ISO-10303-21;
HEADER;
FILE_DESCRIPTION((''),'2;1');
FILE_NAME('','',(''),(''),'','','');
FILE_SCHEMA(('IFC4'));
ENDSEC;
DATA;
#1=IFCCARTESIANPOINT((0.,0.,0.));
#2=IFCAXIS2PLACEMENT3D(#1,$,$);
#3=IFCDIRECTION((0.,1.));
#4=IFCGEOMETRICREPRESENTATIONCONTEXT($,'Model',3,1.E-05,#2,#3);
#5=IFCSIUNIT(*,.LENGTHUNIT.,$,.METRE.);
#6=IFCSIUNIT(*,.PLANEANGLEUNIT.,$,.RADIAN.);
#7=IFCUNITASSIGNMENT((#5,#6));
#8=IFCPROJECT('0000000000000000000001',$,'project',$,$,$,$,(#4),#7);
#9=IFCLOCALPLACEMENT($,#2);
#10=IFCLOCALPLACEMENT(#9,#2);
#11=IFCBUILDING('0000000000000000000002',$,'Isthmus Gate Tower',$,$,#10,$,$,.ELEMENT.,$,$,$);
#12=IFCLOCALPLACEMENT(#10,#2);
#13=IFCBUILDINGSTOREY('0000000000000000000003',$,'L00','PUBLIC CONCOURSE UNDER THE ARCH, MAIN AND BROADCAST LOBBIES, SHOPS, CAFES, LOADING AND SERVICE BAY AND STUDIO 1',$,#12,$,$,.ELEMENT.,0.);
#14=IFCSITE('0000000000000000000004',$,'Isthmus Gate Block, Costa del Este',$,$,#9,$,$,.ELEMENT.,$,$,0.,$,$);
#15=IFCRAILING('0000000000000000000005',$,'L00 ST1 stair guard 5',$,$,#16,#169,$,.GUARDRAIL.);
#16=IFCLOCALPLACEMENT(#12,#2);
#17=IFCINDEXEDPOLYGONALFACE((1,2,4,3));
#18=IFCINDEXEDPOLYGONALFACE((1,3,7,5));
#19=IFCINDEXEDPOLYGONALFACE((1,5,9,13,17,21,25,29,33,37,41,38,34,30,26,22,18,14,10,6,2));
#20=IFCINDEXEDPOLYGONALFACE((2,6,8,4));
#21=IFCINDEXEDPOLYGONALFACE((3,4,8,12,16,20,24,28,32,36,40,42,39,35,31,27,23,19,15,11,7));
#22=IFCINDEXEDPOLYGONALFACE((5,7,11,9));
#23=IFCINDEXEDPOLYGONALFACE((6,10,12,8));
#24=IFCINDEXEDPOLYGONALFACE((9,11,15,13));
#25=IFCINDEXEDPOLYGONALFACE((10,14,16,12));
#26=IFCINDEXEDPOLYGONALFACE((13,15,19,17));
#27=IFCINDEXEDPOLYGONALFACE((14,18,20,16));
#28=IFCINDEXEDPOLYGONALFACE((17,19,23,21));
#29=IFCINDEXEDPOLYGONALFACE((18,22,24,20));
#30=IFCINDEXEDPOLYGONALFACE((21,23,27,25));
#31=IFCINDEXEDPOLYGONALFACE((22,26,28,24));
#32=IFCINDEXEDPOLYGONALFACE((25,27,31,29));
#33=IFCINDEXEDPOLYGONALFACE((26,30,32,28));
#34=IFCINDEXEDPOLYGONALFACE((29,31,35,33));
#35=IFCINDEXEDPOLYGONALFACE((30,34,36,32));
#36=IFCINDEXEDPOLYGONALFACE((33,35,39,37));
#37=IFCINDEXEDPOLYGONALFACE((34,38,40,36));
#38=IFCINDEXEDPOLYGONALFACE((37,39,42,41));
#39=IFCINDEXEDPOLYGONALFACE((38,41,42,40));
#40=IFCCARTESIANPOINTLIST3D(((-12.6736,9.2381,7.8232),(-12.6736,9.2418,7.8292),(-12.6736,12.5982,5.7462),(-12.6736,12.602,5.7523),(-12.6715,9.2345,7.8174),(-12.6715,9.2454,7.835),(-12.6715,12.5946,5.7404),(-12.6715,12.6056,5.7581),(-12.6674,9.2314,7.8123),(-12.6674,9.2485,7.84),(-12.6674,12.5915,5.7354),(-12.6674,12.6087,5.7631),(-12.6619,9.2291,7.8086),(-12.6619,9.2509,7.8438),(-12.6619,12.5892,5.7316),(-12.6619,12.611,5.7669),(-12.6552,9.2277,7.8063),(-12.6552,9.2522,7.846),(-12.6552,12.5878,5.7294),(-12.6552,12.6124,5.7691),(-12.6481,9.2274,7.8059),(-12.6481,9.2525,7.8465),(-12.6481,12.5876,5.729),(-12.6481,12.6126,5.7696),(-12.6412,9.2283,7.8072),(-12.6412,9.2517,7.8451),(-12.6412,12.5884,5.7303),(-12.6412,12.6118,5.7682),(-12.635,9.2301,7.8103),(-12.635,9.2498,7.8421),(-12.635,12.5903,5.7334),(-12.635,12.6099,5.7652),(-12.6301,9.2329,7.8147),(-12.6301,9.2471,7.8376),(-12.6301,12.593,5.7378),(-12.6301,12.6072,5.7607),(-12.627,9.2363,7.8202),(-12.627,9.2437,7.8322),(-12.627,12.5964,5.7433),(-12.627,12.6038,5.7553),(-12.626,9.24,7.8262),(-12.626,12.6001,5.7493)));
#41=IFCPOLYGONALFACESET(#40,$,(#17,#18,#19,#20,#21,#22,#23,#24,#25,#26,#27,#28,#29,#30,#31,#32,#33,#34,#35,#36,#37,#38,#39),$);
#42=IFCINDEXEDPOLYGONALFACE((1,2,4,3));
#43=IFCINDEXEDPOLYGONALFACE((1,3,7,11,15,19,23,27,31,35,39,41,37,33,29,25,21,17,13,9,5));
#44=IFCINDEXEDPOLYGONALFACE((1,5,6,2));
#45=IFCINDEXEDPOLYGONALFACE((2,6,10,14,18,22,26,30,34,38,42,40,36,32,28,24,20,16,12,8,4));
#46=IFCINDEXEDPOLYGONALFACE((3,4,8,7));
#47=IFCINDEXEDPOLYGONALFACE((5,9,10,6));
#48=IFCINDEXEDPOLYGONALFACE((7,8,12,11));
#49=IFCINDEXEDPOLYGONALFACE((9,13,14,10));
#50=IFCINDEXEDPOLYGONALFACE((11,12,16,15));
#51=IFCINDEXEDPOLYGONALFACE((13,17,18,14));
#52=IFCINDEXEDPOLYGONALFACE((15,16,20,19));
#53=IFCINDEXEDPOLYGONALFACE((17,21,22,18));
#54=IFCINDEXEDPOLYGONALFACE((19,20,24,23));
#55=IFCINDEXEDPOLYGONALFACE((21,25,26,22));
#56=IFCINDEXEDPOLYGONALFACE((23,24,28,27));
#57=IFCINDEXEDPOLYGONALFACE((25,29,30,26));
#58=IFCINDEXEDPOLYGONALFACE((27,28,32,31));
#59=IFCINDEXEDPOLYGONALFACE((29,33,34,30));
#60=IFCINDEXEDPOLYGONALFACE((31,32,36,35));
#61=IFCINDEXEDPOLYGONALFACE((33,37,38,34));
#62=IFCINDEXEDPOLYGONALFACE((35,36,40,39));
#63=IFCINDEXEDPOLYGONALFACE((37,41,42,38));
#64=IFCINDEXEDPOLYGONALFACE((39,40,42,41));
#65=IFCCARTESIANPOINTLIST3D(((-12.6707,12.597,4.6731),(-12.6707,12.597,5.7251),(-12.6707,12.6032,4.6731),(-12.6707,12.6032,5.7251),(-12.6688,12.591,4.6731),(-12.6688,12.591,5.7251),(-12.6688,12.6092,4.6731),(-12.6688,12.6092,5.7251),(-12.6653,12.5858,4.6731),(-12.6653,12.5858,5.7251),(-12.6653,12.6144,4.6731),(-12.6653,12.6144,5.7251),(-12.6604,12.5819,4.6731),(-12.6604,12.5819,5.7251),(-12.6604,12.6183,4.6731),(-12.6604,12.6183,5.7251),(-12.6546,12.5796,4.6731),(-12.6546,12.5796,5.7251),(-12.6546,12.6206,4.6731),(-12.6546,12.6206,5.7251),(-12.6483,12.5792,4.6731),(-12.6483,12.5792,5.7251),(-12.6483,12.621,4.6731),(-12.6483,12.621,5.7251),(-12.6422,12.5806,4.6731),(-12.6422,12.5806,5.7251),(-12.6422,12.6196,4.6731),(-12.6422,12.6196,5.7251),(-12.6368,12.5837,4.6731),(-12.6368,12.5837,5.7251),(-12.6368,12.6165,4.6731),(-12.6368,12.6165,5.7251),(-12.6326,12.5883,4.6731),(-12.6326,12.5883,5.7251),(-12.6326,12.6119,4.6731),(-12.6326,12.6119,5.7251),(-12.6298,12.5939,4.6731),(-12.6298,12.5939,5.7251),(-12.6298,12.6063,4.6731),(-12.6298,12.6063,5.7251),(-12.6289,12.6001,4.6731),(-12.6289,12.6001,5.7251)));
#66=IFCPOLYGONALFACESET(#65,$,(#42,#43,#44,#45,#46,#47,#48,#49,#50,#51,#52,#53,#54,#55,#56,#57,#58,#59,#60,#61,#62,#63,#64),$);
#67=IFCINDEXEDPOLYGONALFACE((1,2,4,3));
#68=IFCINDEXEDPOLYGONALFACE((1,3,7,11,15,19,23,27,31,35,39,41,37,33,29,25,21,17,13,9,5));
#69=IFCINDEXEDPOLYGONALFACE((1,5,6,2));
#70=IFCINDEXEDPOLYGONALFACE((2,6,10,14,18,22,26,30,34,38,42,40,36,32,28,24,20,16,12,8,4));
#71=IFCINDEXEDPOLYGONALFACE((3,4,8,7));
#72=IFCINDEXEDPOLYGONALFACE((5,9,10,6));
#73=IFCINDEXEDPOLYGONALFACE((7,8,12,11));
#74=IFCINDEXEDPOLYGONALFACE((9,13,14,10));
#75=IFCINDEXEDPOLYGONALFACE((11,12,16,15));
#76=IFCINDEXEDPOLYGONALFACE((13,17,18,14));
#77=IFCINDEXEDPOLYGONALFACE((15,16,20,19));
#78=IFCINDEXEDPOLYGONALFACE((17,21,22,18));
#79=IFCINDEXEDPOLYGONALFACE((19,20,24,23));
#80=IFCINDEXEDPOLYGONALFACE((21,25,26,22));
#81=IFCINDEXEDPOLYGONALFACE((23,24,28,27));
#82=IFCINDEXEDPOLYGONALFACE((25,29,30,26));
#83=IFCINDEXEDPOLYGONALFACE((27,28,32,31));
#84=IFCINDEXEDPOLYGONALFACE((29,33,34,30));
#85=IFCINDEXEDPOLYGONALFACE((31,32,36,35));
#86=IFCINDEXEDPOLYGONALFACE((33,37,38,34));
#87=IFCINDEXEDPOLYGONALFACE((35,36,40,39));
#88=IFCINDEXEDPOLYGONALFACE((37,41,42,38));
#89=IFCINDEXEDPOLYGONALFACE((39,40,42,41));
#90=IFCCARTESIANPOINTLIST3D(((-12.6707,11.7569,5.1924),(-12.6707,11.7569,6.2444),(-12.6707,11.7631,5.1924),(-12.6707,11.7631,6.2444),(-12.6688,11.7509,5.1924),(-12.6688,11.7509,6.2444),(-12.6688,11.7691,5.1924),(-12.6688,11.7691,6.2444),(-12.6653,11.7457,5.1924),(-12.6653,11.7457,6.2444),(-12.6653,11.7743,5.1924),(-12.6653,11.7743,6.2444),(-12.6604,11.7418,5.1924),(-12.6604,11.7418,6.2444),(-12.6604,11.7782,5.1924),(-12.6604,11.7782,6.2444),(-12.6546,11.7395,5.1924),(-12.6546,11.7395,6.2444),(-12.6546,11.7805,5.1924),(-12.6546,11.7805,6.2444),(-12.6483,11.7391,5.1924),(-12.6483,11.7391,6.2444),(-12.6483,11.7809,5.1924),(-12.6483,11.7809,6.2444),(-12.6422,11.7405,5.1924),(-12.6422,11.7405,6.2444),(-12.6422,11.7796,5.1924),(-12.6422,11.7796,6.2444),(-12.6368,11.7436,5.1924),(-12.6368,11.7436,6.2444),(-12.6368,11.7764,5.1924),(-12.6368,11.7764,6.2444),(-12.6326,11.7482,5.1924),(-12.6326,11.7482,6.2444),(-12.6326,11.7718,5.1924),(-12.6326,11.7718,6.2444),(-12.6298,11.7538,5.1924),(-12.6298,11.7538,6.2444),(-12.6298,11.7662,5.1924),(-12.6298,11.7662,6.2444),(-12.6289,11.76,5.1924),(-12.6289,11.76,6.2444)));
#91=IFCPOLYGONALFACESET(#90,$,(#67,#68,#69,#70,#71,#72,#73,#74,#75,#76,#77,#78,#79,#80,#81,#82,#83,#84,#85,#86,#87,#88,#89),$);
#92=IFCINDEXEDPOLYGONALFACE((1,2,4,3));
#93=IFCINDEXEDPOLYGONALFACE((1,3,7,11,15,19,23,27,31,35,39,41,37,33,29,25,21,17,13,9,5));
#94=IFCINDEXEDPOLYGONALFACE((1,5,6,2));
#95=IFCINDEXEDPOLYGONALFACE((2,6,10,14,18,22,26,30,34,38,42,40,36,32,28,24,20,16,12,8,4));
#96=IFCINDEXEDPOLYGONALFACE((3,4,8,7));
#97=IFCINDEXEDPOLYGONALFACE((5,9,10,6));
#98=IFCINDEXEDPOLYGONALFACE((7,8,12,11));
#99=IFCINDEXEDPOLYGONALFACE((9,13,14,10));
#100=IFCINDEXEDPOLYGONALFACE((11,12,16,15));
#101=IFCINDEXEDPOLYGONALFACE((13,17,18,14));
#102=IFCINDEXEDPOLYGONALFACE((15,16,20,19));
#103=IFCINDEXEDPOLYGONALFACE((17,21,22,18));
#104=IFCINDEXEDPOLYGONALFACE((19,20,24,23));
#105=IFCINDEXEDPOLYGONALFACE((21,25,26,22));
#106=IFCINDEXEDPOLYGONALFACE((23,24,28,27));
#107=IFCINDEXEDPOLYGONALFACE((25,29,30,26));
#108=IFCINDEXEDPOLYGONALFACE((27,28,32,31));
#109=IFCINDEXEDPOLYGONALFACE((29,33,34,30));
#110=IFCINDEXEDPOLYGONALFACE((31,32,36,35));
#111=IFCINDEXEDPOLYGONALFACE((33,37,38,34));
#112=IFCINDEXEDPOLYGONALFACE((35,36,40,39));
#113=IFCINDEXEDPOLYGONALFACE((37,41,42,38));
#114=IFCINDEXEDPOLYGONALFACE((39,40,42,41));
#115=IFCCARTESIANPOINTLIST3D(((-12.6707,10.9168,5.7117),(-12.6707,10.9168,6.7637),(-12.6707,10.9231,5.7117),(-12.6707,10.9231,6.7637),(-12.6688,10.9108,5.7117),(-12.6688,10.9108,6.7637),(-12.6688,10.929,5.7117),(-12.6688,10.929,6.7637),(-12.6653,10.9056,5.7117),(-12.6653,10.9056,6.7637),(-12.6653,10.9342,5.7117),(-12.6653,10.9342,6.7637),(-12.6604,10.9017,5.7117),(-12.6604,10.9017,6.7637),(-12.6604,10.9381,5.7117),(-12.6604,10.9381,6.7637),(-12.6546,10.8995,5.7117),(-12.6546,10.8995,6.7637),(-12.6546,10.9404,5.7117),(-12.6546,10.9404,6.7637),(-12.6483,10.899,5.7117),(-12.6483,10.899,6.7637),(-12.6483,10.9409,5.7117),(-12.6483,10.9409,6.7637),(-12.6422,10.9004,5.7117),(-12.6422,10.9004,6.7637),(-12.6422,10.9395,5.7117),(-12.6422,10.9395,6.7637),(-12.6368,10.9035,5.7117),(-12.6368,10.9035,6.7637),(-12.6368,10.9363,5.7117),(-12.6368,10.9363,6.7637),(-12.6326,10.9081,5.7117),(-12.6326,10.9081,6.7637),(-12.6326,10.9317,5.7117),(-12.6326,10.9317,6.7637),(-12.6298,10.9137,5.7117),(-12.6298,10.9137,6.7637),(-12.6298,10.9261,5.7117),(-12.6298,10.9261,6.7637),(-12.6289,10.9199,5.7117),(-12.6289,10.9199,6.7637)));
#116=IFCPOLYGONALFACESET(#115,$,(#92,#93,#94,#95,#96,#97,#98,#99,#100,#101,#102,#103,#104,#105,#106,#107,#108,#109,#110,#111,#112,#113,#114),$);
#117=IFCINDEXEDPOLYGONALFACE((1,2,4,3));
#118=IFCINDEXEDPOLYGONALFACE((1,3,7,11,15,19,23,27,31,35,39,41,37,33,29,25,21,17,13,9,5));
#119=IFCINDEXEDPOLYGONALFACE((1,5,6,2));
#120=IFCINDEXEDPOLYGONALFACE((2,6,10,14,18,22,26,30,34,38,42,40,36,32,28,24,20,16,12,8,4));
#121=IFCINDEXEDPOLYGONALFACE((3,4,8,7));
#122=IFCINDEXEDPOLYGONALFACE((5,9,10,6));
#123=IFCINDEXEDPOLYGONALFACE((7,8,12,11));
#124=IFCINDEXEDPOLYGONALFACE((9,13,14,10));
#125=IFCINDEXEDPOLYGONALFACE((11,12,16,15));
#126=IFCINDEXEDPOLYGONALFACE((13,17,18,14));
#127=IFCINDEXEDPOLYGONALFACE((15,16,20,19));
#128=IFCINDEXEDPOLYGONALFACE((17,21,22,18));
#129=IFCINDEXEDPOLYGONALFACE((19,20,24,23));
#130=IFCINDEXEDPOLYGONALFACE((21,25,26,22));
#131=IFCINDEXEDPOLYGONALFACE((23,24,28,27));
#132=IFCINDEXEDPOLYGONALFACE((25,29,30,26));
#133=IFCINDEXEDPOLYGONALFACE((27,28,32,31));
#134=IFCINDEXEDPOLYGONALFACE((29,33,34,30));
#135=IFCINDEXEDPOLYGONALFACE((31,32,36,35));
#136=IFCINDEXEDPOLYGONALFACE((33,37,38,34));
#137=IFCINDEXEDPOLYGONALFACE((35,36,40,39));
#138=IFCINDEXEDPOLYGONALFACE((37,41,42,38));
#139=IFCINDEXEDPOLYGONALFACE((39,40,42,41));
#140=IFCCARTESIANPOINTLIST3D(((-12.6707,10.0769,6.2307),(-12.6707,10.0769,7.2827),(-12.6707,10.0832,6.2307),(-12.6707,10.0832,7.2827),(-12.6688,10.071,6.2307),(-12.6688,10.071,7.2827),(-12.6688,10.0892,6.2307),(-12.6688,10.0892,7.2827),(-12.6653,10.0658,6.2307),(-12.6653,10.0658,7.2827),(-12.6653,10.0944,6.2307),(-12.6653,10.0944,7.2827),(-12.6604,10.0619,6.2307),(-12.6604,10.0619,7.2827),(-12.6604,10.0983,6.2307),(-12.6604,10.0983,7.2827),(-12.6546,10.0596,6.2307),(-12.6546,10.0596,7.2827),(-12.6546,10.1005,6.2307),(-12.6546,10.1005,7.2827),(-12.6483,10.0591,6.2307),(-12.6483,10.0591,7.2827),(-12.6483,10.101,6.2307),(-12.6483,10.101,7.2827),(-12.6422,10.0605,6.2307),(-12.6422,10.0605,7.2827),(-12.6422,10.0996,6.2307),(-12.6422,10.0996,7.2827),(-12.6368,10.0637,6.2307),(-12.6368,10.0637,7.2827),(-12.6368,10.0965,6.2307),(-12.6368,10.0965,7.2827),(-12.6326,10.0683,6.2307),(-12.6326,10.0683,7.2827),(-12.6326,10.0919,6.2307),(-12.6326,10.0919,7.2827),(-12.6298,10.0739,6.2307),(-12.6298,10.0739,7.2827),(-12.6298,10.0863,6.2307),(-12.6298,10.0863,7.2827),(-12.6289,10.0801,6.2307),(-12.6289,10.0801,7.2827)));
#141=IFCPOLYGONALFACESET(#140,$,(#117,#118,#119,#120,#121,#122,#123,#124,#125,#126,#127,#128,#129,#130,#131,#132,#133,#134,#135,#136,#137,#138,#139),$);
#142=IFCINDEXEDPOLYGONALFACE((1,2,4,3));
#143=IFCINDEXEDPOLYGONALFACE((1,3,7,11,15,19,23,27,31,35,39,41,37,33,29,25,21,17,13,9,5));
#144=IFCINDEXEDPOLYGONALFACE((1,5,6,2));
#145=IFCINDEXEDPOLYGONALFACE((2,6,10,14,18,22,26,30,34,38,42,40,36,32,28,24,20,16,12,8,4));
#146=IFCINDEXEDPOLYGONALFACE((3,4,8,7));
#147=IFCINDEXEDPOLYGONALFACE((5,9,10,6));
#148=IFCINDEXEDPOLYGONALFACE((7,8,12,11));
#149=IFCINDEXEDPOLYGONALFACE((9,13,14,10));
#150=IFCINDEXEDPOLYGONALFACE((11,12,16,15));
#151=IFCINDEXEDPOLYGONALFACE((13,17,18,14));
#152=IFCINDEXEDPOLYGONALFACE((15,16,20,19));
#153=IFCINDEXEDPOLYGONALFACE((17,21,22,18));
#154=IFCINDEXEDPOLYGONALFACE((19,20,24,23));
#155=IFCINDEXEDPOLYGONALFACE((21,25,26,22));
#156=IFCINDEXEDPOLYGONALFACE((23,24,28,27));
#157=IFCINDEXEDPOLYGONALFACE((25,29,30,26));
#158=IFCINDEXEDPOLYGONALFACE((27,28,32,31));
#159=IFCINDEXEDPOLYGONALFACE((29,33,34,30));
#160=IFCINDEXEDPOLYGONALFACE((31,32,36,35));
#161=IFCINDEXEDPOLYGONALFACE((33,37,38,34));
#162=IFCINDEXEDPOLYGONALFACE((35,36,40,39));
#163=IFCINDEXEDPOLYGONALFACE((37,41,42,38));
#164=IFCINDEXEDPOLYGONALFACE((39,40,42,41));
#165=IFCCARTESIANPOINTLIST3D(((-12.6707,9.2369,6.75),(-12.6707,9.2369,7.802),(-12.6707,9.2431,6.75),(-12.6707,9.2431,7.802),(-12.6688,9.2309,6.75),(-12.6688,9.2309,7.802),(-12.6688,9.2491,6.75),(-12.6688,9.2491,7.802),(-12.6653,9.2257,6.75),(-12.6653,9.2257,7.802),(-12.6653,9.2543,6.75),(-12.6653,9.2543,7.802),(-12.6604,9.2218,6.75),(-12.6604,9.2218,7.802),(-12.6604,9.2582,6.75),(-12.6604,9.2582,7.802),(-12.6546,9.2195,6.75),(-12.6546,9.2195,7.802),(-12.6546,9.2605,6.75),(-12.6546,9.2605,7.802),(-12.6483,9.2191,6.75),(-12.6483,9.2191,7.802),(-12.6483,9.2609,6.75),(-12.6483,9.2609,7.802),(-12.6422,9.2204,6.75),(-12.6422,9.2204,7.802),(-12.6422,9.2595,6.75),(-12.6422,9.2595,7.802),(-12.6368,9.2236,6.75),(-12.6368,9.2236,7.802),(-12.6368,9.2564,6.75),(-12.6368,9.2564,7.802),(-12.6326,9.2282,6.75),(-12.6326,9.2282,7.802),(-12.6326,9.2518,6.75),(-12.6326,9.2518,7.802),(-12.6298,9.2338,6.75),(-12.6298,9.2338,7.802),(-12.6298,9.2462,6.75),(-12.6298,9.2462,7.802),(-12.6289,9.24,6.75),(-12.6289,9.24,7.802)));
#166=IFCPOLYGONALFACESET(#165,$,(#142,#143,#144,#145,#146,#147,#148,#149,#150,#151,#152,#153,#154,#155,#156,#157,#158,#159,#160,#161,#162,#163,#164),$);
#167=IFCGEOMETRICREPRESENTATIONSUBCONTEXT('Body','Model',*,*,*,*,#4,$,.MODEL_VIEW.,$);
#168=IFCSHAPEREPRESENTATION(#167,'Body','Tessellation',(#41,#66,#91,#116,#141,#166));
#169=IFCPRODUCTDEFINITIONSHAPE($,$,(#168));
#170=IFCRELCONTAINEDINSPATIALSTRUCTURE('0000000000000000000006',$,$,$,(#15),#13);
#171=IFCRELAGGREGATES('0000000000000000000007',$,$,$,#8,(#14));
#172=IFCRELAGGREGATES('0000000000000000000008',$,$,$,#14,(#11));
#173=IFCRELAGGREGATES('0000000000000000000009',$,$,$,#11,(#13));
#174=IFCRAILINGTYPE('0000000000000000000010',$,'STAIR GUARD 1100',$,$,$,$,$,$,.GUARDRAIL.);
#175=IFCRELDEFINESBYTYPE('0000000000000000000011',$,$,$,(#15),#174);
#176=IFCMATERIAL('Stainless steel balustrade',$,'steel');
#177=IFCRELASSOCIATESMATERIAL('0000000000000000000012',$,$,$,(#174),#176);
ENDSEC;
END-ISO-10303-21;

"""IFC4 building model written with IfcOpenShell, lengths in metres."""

from ifc_helpers import new_model, si_unit, direction, frame, origin, origin_2d, place, context, subcontext, project, spatial, circle, extrude, material, type_object, element, save


model = new_model("IFC4")

# Units and contexts
model_context = context("Model", 3, precision=1e-05, world=origin(), true_north=direction((0.0, 1.0)))
body_context = subcontext(model_context, "Body", "Model", "MODEL_VIEW")
ifc_project = project(units=[si_unit("LENGTHUNIT", "METRE"), si_unit("PLANEANGLEUNIT", "RADIAN")], contexts=[model_context])

# Site, building, storey
site_placement = place(None, origin())
site = spatial("IfcSite", under=ifc_project, at=site_placement, Name="Isthmus Gate Block, Costa del Este", CompositionType="ELEMENT", RefElevation=0.0)
building_placement = place(site_placement, origin())
building = spatial("IfcBuilding", under=site, at=building_placement, Name="Isthmus Gate Tower", CompositionType="ELEMENT")
storey_placement = place(building_placement, origin())
storey = spatial("IfcBuildingStorey", under=building, at=storey_placement, Name="L00", Description="PUBLIC CONCOURSE UNDER THE ARCH, MAIN AND BROADCAST LOBBIES, SHOPS, CAFES, LOADING AND SERVICE BAY AND STUDIO 1", CompositionType="ELEMENT", Elevation=0.0)

# Railing
ifc_material_1 = material(Name="Stainless steel balustrade", Category="steel")
railing_type_1 = type_object("IfcRailingType", Name="STAIR GUARD 1100", PredefinedType="GUARDRAIL", material=ifc_material_1)
railing_1_placement = place(storey_placement, frame((-12.6499, 12.6001, 4.6731)))
element("IfcRailing", 1, at=railing_1_placement, inside=storey, type_object=railing_type_1, Name="L00 ST1 stair guard 5", PredefinedType="GUARDRAIL", context=body_context, shape_type="SweptSolid", body=[
    extrude(circle(Radius=0.0239, at=origin_2d()), frame((0.0, 0.0, 1.0762), z_axis=(0.0, -0.850623, 0.525776), x_axis=(1.0, 0.0, 0.0)), (0.0, 0.0, 1.0), 3.9502),
    extrude(circle(Radius=0.021, at=origin_2d()), origin(), (0.0, 0.0, 1.0), 1.052),
    extrude(circle(Radius=0.021, at=origin_2d()), frame((0.0, -0.8401, 0.5193)), (0.0, 0.0, 1.0), 1.052),
    extrude(circle(Radius=0.021, at=origin_2d()), frame((0.0, -1.6802, 1.0386)), (0.0, 0.0, 1.0), 1.052),
    extrude(circle(Radius=0.021, at=origin_2d()), frame((0.0, -2.52, 1.5576)), (0.0, 0.0, 1.0), 1.052),
    extrude(circle(Radius=0.021, at=origin_2d()), frame((0.0, -3.3601, 2.0769)), (0.0, 0.0, 1.0), 1.052),
])

save(model, "model.ifc")
